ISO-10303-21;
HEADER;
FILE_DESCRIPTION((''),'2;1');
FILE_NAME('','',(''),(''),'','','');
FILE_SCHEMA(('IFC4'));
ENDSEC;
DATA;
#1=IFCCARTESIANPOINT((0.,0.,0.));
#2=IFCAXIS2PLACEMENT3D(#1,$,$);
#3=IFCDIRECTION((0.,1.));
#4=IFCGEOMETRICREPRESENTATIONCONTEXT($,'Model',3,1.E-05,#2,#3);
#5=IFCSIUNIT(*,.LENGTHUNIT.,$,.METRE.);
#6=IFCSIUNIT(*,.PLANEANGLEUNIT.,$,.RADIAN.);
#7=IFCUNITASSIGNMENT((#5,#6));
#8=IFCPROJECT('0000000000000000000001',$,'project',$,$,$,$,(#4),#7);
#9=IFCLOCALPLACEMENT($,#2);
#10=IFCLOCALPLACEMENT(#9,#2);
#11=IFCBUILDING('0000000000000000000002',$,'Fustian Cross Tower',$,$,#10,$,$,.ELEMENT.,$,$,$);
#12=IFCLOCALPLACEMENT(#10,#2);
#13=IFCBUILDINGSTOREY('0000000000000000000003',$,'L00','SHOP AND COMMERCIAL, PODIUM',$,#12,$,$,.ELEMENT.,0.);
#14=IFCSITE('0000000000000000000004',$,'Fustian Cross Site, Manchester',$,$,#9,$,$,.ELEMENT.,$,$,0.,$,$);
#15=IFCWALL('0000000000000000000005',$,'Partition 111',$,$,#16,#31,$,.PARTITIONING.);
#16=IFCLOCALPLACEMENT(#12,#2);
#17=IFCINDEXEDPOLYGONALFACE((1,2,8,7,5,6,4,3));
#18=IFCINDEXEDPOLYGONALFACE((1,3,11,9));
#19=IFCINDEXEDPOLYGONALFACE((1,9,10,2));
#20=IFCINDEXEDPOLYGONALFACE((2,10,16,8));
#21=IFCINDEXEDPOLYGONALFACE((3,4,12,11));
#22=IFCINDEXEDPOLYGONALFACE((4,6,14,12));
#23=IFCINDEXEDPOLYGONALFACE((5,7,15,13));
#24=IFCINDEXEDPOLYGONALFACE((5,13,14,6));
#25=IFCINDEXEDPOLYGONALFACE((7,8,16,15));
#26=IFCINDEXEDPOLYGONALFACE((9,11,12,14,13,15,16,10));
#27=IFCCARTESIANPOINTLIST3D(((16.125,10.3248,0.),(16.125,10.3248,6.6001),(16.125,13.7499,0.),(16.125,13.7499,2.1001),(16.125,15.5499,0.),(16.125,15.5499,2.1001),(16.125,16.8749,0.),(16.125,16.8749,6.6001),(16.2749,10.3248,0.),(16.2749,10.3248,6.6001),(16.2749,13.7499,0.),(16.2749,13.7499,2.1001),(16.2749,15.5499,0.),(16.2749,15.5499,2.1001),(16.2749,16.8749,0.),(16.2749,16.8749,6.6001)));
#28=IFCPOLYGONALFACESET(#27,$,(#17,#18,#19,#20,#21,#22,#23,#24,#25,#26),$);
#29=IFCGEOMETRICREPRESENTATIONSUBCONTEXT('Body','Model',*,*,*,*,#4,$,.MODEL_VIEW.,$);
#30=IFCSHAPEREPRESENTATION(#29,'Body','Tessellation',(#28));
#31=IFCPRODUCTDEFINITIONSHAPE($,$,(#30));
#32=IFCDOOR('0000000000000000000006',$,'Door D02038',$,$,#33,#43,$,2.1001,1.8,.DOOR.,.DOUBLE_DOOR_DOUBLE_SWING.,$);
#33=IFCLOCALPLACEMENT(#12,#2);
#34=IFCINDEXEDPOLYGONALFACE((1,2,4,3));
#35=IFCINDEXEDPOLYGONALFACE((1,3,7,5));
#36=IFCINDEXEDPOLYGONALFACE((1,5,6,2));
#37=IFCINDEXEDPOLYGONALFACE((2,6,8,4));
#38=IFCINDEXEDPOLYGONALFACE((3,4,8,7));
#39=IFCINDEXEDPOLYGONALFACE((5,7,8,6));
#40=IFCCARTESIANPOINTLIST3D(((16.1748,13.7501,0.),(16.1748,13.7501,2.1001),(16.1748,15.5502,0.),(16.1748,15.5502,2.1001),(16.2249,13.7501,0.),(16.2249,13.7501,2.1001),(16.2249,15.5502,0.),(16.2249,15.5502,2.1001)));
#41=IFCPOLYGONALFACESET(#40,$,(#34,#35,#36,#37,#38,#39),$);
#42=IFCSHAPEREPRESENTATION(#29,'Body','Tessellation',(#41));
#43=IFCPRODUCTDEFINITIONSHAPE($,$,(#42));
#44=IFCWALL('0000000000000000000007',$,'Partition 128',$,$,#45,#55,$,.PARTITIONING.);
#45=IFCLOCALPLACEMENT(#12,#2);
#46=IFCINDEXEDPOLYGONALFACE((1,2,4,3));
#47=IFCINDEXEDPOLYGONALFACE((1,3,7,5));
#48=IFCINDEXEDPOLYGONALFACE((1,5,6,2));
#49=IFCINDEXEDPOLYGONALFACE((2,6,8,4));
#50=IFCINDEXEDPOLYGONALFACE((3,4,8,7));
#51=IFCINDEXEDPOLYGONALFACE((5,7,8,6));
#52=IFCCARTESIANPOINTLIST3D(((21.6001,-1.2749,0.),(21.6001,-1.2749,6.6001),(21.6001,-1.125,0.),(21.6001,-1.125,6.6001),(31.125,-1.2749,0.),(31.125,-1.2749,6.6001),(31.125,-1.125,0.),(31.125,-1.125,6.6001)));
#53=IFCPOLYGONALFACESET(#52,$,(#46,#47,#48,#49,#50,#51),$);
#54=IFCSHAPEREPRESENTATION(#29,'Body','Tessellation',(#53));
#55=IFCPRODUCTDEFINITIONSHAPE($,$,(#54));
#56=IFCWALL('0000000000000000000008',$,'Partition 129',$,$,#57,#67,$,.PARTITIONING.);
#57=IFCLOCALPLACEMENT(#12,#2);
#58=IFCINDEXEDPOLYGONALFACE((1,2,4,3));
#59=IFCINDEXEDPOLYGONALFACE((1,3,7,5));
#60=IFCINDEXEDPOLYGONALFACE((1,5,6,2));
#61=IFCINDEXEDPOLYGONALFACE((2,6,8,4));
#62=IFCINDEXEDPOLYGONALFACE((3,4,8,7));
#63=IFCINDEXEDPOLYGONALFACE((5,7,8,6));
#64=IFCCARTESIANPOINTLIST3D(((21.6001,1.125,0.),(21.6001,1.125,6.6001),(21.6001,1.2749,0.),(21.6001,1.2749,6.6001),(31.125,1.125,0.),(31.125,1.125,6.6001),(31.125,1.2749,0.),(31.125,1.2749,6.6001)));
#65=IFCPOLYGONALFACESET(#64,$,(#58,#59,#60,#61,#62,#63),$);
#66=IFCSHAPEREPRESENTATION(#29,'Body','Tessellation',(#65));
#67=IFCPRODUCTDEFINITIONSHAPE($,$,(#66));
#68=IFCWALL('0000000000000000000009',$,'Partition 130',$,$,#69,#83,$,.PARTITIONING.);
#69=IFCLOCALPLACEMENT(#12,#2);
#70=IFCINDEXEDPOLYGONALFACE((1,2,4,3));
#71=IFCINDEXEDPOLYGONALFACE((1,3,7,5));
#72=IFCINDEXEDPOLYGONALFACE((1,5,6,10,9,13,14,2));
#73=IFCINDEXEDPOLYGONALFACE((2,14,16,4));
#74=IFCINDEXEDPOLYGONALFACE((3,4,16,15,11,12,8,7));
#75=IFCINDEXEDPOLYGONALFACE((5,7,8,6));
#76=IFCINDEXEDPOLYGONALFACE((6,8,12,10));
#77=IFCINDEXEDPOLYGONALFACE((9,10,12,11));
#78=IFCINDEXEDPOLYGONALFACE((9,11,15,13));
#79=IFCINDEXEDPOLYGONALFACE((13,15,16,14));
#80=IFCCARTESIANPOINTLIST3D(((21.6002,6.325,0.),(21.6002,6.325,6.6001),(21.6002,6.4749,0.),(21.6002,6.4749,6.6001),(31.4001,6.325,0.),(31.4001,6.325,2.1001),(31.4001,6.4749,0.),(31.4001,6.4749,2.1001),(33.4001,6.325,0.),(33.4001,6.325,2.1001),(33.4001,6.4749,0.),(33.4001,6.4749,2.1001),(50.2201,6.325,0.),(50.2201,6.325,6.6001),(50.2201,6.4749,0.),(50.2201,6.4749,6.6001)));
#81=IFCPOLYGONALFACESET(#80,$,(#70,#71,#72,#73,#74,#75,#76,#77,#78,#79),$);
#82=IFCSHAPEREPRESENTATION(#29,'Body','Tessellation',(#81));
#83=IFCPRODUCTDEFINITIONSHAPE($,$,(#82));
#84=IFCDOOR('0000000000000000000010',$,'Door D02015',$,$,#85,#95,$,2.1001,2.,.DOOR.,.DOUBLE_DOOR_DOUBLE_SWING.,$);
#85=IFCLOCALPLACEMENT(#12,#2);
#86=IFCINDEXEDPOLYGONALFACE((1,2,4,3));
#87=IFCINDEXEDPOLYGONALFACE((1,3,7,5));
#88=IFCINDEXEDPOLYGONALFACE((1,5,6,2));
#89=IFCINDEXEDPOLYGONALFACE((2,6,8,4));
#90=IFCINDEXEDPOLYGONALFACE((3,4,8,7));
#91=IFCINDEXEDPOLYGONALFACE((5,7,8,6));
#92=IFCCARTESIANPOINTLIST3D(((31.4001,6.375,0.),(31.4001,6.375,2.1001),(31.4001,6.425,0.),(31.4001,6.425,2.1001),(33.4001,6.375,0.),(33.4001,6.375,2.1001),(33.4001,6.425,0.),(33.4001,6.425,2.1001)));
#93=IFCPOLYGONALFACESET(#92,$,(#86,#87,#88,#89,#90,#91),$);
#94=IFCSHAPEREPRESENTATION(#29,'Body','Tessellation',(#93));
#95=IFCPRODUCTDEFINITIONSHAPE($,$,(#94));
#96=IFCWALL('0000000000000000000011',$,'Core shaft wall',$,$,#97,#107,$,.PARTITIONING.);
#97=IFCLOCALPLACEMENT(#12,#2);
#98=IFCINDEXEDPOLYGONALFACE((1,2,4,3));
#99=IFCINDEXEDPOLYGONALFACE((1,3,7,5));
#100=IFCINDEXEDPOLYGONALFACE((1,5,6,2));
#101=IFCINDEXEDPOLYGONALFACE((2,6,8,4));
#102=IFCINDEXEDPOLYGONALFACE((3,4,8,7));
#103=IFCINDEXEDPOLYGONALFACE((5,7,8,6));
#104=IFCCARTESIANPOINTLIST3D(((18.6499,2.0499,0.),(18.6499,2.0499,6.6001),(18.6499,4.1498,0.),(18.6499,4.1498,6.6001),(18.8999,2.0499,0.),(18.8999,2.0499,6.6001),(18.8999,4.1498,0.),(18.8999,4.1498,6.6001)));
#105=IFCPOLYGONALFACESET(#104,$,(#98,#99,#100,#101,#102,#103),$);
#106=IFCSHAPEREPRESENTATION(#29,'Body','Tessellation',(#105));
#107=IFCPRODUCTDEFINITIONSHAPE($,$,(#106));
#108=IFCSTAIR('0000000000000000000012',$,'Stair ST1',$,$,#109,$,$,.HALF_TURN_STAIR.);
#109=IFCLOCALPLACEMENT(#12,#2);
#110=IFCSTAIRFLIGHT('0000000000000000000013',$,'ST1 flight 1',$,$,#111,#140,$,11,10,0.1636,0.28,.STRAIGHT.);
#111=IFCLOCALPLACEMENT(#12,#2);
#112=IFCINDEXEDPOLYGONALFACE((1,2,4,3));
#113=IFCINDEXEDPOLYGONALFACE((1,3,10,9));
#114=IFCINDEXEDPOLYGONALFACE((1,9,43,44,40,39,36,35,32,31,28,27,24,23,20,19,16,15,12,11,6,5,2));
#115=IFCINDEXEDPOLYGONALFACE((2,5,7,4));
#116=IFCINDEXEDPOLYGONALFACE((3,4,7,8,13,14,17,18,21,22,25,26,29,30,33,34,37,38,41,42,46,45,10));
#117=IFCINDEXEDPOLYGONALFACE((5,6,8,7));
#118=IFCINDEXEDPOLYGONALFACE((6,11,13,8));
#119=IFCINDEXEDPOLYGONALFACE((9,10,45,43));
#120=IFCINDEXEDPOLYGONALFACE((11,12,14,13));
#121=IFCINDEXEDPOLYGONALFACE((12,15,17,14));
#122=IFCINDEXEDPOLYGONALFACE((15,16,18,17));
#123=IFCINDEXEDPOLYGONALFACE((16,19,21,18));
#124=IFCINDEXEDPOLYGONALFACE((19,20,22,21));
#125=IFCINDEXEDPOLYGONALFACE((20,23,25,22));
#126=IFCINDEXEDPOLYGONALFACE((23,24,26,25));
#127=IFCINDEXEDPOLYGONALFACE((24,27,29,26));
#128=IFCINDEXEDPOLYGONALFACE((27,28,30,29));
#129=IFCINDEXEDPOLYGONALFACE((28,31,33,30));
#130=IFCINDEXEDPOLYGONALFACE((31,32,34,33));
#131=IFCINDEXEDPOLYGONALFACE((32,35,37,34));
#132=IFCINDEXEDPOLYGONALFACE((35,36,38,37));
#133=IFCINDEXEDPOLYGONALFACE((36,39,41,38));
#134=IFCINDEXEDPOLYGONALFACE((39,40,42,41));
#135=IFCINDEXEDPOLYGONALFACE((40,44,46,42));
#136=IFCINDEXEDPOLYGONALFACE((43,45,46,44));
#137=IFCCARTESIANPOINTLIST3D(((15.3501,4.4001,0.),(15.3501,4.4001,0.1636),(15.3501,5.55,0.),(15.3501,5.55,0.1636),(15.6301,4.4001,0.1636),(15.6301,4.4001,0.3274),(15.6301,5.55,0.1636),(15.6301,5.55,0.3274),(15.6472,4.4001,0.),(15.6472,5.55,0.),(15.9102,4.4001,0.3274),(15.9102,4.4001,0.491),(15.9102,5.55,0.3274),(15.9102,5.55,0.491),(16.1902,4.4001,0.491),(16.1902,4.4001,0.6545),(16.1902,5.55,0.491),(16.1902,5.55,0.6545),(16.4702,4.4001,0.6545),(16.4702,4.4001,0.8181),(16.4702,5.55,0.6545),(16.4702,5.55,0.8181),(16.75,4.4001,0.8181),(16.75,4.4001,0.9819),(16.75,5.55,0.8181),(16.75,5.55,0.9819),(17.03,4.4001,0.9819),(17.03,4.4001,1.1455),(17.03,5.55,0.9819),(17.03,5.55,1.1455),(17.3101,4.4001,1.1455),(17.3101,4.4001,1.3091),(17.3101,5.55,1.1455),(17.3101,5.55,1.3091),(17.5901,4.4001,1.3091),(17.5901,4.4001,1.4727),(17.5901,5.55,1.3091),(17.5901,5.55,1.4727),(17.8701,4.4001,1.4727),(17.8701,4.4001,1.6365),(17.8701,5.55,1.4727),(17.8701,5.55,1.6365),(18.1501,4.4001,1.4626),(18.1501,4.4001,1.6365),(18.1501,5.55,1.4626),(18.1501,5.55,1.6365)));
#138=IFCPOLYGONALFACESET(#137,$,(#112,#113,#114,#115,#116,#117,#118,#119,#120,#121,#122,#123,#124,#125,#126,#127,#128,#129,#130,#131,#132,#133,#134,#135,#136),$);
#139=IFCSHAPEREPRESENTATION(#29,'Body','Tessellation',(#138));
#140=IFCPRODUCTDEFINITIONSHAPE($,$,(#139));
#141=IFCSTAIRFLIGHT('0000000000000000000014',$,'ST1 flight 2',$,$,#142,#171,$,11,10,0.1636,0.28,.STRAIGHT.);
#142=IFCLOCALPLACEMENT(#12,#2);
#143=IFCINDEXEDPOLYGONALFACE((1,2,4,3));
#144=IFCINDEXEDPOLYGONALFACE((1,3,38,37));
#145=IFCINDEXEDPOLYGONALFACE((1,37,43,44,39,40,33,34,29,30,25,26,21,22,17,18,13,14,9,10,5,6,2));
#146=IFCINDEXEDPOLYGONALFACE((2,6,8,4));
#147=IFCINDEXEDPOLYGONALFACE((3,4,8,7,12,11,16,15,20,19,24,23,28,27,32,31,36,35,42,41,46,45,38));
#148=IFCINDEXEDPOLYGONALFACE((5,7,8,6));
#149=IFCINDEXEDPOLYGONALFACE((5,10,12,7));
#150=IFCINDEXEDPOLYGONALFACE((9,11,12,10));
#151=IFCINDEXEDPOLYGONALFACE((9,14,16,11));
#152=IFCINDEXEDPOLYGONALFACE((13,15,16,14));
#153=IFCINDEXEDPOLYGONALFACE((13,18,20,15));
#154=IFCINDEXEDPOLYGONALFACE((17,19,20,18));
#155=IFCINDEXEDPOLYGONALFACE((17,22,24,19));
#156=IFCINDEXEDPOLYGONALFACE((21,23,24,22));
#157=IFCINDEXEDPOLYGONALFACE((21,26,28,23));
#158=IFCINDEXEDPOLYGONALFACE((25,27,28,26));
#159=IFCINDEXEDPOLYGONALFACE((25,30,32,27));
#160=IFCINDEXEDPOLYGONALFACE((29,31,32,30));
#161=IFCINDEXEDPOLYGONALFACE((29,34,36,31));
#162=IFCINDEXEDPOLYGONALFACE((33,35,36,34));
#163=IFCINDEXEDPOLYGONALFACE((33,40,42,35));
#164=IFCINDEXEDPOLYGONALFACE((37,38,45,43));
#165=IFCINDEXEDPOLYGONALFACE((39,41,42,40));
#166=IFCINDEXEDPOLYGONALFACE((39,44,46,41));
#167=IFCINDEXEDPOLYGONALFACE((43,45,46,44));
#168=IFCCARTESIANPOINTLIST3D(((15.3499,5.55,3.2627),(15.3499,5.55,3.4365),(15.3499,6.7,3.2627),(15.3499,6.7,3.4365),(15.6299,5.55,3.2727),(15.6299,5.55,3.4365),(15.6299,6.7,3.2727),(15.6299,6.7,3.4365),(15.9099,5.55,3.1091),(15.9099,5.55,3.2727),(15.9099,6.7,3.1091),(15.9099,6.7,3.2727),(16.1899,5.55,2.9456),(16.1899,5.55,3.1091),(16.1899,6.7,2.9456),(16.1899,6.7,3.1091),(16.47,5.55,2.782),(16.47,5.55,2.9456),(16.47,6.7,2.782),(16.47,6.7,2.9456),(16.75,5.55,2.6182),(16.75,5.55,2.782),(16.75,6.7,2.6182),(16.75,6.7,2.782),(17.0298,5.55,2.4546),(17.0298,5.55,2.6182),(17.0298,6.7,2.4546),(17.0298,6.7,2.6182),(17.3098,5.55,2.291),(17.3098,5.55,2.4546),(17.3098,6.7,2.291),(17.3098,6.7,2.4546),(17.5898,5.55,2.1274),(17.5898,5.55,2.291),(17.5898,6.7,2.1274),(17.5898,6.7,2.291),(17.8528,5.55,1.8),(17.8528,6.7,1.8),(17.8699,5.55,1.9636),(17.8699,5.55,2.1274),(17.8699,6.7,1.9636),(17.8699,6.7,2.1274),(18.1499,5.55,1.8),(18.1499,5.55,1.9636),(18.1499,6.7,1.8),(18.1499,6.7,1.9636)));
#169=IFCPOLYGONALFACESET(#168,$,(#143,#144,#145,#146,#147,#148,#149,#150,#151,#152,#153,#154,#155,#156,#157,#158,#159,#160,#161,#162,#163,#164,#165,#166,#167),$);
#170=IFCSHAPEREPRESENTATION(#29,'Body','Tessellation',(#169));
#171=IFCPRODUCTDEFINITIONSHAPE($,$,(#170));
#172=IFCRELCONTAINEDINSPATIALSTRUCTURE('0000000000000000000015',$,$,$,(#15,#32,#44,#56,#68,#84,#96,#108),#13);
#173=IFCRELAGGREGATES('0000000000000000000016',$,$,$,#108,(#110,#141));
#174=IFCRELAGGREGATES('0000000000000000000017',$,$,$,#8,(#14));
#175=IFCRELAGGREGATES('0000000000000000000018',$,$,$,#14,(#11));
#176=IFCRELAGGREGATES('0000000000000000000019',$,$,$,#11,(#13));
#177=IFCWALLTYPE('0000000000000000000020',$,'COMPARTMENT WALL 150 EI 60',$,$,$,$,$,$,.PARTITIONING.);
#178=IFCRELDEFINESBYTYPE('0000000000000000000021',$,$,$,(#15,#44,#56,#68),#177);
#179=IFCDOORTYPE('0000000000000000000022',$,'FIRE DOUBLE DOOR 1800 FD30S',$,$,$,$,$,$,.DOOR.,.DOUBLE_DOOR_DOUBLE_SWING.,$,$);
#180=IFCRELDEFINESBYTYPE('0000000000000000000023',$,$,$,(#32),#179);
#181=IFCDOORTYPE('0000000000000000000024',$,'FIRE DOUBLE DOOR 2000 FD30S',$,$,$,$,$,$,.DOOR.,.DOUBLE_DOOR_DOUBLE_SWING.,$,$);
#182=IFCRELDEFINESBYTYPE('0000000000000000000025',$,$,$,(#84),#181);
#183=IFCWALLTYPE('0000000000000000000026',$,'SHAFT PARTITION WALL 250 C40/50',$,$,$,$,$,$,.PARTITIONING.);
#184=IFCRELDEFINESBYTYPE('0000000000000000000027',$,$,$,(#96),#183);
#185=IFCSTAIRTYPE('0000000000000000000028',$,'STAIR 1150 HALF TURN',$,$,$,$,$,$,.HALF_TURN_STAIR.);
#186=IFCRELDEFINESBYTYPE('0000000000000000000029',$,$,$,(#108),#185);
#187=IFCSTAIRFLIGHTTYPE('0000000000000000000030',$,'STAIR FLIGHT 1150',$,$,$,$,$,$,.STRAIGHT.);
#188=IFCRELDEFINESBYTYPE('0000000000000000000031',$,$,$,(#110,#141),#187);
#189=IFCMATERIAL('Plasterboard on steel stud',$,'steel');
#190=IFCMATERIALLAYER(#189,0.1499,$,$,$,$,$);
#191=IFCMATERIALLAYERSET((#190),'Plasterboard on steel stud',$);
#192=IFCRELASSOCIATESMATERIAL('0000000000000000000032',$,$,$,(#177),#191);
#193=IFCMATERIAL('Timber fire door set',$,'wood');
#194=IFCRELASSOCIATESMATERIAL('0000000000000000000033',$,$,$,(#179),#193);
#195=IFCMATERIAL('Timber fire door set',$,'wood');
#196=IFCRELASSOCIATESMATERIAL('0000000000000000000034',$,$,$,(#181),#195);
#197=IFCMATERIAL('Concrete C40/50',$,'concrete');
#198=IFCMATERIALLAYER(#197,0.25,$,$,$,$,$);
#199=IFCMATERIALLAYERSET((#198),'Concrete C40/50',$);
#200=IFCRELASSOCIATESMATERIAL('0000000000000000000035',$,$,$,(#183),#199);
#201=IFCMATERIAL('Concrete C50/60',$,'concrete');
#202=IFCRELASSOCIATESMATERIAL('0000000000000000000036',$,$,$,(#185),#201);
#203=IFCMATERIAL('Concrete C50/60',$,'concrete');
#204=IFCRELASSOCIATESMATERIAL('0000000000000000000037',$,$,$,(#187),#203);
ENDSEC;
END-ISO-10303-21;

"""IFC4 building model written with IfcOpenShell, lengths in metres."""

from ifc_helpers import new_model, si_unit, direction, frame, frame_2d, origin, place, context, subcontext, project, spatial, polyline, rectangle, outline, extrude, material, layer, layer_set, type_object, element, fill, aggregate, save


model = new_model("IFC4")

# Units and contexts
model_context = context("Model", 3, precision=1e-05, world=origin(), true_north=direction((0.0, 1.0)))
body_context = subcontext(model_context, "Body", "Model", "MODEL_VIEW")
ifc_project = project(units=[si_unit("LENGTHUNIT", "METRE"), si_unit("PLANEANGLEUNIT", "RADIAN")], contexts=[model_context])

# Site, building, storey
site_placement = place(None, origin())
site = spatial("IfcSite", under=ifc_project, at=site_placement, Name="Fustian Cross Site, Manchester", CompositionType="ELEMENT", RefElevation=0.0)
building_placement = place(site_placement, origin())
building = spatial("IfcBuilding", under=site, at=building_placement, Name="Fustian Cross Tower", CompositionType="ELEMENT")
storey_placement = place(building_placement, origin())
storey = spatial("IfcBuildingStorey", under=building, at=storey_placement, Name="L00", Description="SHOP AND COMMERCIAL, PODIUM", CompositionType="ELEMENT", Elevation=0.0)

# Wall, opening, door
ifc_material_1 = material(Name="Plasterboard on steel stud", Category="steel")
ifc_layer_1 = layer(ifc_material_1, 0.1499)
ifc_layer_set_1 = layer_set([ifc_layer_1], Name="Plasterboard on steel stud")
wall_type_1 = type_object("IfcWallType", Name="COMPARTMENT WALL 150 EI 60", PredefinedType="PARTITIONING", material=ifc_layer_set_1)
wall_1_placement = place(storey_placement, frame((16.2, 10.325, 0.0), z_axis=(0.0, 0.0, 1.0), x_axis=(0.0, 1.0, 0.0)))
wall_1 = element("IfcWall", 1, at=wall_1_placement, inside=storey, type_object=wall_type_1, Name="Partition 111", PredefinedType="PARTITIONING", context=body_context, shape_type="SweptSolid", body=[
    extrude(rectangle(XDim=6.55, YDim=0.1499, at=frame_2d((3.2749, 0.0))), origin(), (0.0, 0.0, 1.0), 6.6001),
])
opening_1_placement = place(wall_1_placement, frame((3.425, 0.0, 0.0)))
opening_1 = element("IfcOpeningElement", 2, at=opening_1_placement, cuts=wall_1, PredefinedType="OPENING", context=body_context, shape_type="SweptSolid", body=[
    extrude(rectangle(XDim=1.8, YDim=2.1001, at=frame_2d((0.8999, 1.05))), frame((0.0, 0.085, 0.0), z_axis=(0.0, -1.0, 0.0), x_axis=(1.0, 0.0, 0.0)), (0.0, 0.0, 1.0), 0.1699),
])
ifc_material_2 = material(Name="Timber fire door set", Category="wood")
door_type_1 = type_object("IfcDoorType", Name="FIRE DOUBLE DOOR 1800 FD30S", OperationType="DOUBLE_DOOR_DOUBLE_SWING", PredefinedType="DOOR", material=ifc_material_2)
door_1_placement = place(opening_1_placement, frame((1.8, 0.0, 0.0), z_axis=(0.0, 0.0, 1.0), x_axis=(-1.0, 0.0, 0.0)))
door_1 = element("IfcDoor", 3, at=door_1_placement, inside=storey, type_object=door_type_1, Name="Door D02038", OperationType="DOUBLE_DOOR_DOUBLE_SWING", OverallHeight=2.1001, OverallWidth=1.8, PredefinedType="DOOR", context=body_context, shape_type="SweptSolid", body=[
    extrude(rectangle(XDim=1.8, YDim=2.1001, at=frame_2d((0.8999, 1.05))), frame((0.0, 0.0249, 0.0), z_axis=(0.0, -1.0, 0.0), x_axis=(1.0, 0.0, 0.0)), (0.0, 0.0, 1.0), 0.05),
])
fill(opening_1, door_1)

# Walls
for number, where, z_axis, x_axis, name in (
    (4, (21.6001, -1.2, 0.0), (0.0, 0.0, 1.0), (1.0, 0.0, 0.0), "Partition 128"),
    (5, (21.6001, 1.2, 0.0), (0.0, 0.0, 1.0), (1.0, 0.0, 0.0), "Partition 129"),
):
    element("IfcWall", number, at=place(storey_placement, frame(where, z_axis=z_axis, x_axis=x_axis)), inside=storey, type_object=wall_type_1, Name=name, PredefinedType="PARTITIONING", context=body_context, shape_type="SweptSolid", body=[
        extrude(rectangle(XDim=9.5249, YDim=0.1499, at=frame_2d((4.7625, 0.0))), origin(), (0.0, 0.0, 1.0), 6.6001),
    ])

# Wall, opening, door
wall_2_placement = place(storey_placement, frame((21.6001, 6.3999, 0.0), z_axis=(0.0, 0.0, 1.0), x_axis=(1.0, 0.0, 0.0)))
wall_2 = element("IfcWall", 6, at=wall_2_placement, inside=storey, type_object=wall_type_1, Name="Partition 130", PredefinedType="PARTITIONING", context=body_context, shape_type="SweptSolid", body=[
    extrude(rectangle(XDim=28.6199, YDim=0.1499, at=frame_2d((14.3101, 0.0))), origin(), (0.0, 0.0, 1.0), 6.6001),
])
opening_2_placement = place(wall_2_placement, frame((9.8, 0.0, 0.0)))
opening_2 = element("IfcOpeningElement", 7, at=opening_2_placement, cuts=wall_2, PredefinedType="OPENING", context=body_context, shape_type="SweptSolid", body=[
    extrude(rectangle(XDim=2.0, YDim=2.1001, at=frame_2d((1.0, 1.05))), frame((0.0, 0.085, 0.0), z_axis=(0.0, -1.0, 0.0), x_axis=(1.0, 0.0, 0.0)), (0.0, 0.0, 1.0), 0.1699),
])
ifc_material_3 = material(Name="Timber fire door set", Category="wood")
door_type_2 = type_object("IfcDoorType", Name="FIRE DOUBLE DOOR 2000 FD30S", OperationType="DOUBLE_DOOR_DOUBLE_SWING", PredefinedType="DOOR", material=ifc_material_3)
door_2_placement = place(opening_2_placement, frame((2.0, 0.0, 0.0), z_axis=(0.0, 0.0, 1.0), x_axis=(-1.0, 0.0, 0.0)))
door_2 = element("IfcDoor", 8, at=door_2_placement, inside=storey, type_object=door_type_2, Name="Door D02015", OperationType="DOUBLE_DOOR_DOUBLE_SWING", OverallHeight=2.1001, OverallWidth=2.0, PredefinedType="DOOR", context=body_context, shape_type="SweptSolid", body=[
    extrude(rectangle(XDim=2.0, YDim=2.1001, at=frame_2d((1.0, 1.05))), frame((0.0, 0.0249, 0.0), z_axis=(0.0, -1.0, 0.0), x_axis=(1.0, 0.0, 0.0)), (0.0, 0.0, 1.0), 0.05),
])
fill(opening_2, door_2)

# Wall
ifc_material_4 = material(Name="Concrete C40/50", Category="concrete")
ifc_layer_2 = layer(ifc_material_4, 0.25)
ifc_layer_set_2 = layer_set([ifc_layer_2], Name="Concrete C40/50")
wall_type_2 = type_object("IfcWallType", Name="SHAFT PARTITION WALL 250 C40/50", PredefinedType="PARTITIONING", material=ifc_layer_set_2)
wall_3_placement = place(storey_placement, frame((18.7749, 2.05, 0.0), z_axis=(0.0, 0.0, 1.0), x_axis=(0.0, 1.0, 0.0)))
element("IfcWall", 9, at=wall_3_placement, inside=storey, type_object=wall_type_2, Name="Core shaft wall", PredefinedType="PARTITIONING", context=body_context, shape_type="SweptSolid", body=[
    extrude(rectangle(XDim=2.0999, YDim=0.25, at=frame_2d((1.0498, 0.0))), origin(), (0.0, 0.0, 1.0), 6.6001),
])

# Stair, stair flights
ifc_material_5 = material(Name="Concrete C50/60", Category="concrete")
stair_type = type_object("IfcStairType", Name="STAIR 1150 HALF TURN", PredefinedType="HALF_TURN_STAIR", material=ifc_material_5)
stair_placement = place(storey_placement, origin())
stair = element("IfcStair", 10, at=stair_placement, inside=storey, type_object=stair_type, Name="Stair ST1", PredefinedType="HALF_TURN_STAIR")
ifc_material_6 = material(Name="Concrete C50/60", Category="concrete")
stair_flight_type = type_object("IfcStairFlightType", Name="STAIR FLIGHT 1150", PredefinedType="STRAIGHT", material=ifc_material_6)
stair_flight_1_placement = place(storey_placement, frame((15.3501, 4.9751, 0.0), z_axis=(0.0, 0.0, 1.0), x_axis=(1.0, 0.0, 0.0)))
stair_flight_1 = element("IfcStairFlight", 11, at=stair_flight_1_placement, type_object=stair_flight_type, Name="ST1 flight 1", NumberOfRisers=11, NumberOfTreads=10, PredefinedType="STRAIGHT", RiserHeight=0.1636, TreadLength=0.28, context=body_context, shape_type="SweptSolid", body=[
    extrude(outline(polyline([(0.0, 0.0), (0.0, 0.1636), (0.28, 0.1636), (0.28, 0.3274), (0.5601, 0.3274), (0.5601, 0.491), (0.8401, 0.491), (0.8401, 0.6545), (1.1201, 0.6545), (1.1201, 0.8181), (1.3999, 0.8181), (1.3999, 0.9819), (1.6799, 0.9819), (1.6799, 1.1455), (1.96, 1.1455), (1.96, 1.3091), (2.24, 1.3091), (2.24, 1.4727), (2.52, 1.4727), (2.52, 1.6365), (2.8, 1.6365), (2.8, 1.8), (2.8, 1.4626), (0.2971, 0.0), (0.0, 0.0)])), frame((0.0, 0.575, 0.0), z_axis=(0.0, -1.0, 0.0), x_axis=(1.0, 0.0, 0.0)), (0.0, 0.0, 1.0), 1.1499),
])
stair_flight_2_placement = place(storey_placement, frame((18.1499, 6.125, 1.8), z_axis=(0.0, 0.0, 1.0), x_axis=(-1.0, 0.0, 0.0)))
stair_flight_2 = element("IfcStairFlight", 12, at=stair_flight_2_placement, type_object=stair_flight_type, Name="ST1 flight 2", NumberOfRisers=11, NumberOfTreads=10, PredefinedType="STRAIGHT", RiserHeight=0.1636, TreadLength=0.28, context=body_context, shape_type="SweptSolid", body=[
    extrude(outline(polyline([(0.0, 0.0), (0.0, 0.1636), (0.28, 0.1636), (0.28, 0.3274), (0.5601, 0.3274), (0.5601, 0.491), (0.8401, 0.491), (0.8401, 0.6545), (1.1201, 0.6545), (1.1201, 0.8181), (1.3999, 0.8181), (1.3999, 0.9819), (1.6799, 0.9819), (1.6799, 1.1455), (1.96, 1.1455), (1.96, 1.3091), (2.24, 1.3091), (2.24, 1.4727), (2.52, 1.4727), (2.52, 1.6365), (2.8, 1.6365), (2.8, 1.8), (2.8, 1.4626), (0.2971, 0.0), (0.0, 0.0)])), frame((0.0, 0.575, 0.0), z_axis=(0.0, -1.0, 0.0), x_axis=(1.0, 0.0, 0.0)), (0.0, 0.0, 1.0), 1.1499),
])
aggregate(stair, [stair_flight_1, stair_flight_2])

save(model, "model.ifc")
